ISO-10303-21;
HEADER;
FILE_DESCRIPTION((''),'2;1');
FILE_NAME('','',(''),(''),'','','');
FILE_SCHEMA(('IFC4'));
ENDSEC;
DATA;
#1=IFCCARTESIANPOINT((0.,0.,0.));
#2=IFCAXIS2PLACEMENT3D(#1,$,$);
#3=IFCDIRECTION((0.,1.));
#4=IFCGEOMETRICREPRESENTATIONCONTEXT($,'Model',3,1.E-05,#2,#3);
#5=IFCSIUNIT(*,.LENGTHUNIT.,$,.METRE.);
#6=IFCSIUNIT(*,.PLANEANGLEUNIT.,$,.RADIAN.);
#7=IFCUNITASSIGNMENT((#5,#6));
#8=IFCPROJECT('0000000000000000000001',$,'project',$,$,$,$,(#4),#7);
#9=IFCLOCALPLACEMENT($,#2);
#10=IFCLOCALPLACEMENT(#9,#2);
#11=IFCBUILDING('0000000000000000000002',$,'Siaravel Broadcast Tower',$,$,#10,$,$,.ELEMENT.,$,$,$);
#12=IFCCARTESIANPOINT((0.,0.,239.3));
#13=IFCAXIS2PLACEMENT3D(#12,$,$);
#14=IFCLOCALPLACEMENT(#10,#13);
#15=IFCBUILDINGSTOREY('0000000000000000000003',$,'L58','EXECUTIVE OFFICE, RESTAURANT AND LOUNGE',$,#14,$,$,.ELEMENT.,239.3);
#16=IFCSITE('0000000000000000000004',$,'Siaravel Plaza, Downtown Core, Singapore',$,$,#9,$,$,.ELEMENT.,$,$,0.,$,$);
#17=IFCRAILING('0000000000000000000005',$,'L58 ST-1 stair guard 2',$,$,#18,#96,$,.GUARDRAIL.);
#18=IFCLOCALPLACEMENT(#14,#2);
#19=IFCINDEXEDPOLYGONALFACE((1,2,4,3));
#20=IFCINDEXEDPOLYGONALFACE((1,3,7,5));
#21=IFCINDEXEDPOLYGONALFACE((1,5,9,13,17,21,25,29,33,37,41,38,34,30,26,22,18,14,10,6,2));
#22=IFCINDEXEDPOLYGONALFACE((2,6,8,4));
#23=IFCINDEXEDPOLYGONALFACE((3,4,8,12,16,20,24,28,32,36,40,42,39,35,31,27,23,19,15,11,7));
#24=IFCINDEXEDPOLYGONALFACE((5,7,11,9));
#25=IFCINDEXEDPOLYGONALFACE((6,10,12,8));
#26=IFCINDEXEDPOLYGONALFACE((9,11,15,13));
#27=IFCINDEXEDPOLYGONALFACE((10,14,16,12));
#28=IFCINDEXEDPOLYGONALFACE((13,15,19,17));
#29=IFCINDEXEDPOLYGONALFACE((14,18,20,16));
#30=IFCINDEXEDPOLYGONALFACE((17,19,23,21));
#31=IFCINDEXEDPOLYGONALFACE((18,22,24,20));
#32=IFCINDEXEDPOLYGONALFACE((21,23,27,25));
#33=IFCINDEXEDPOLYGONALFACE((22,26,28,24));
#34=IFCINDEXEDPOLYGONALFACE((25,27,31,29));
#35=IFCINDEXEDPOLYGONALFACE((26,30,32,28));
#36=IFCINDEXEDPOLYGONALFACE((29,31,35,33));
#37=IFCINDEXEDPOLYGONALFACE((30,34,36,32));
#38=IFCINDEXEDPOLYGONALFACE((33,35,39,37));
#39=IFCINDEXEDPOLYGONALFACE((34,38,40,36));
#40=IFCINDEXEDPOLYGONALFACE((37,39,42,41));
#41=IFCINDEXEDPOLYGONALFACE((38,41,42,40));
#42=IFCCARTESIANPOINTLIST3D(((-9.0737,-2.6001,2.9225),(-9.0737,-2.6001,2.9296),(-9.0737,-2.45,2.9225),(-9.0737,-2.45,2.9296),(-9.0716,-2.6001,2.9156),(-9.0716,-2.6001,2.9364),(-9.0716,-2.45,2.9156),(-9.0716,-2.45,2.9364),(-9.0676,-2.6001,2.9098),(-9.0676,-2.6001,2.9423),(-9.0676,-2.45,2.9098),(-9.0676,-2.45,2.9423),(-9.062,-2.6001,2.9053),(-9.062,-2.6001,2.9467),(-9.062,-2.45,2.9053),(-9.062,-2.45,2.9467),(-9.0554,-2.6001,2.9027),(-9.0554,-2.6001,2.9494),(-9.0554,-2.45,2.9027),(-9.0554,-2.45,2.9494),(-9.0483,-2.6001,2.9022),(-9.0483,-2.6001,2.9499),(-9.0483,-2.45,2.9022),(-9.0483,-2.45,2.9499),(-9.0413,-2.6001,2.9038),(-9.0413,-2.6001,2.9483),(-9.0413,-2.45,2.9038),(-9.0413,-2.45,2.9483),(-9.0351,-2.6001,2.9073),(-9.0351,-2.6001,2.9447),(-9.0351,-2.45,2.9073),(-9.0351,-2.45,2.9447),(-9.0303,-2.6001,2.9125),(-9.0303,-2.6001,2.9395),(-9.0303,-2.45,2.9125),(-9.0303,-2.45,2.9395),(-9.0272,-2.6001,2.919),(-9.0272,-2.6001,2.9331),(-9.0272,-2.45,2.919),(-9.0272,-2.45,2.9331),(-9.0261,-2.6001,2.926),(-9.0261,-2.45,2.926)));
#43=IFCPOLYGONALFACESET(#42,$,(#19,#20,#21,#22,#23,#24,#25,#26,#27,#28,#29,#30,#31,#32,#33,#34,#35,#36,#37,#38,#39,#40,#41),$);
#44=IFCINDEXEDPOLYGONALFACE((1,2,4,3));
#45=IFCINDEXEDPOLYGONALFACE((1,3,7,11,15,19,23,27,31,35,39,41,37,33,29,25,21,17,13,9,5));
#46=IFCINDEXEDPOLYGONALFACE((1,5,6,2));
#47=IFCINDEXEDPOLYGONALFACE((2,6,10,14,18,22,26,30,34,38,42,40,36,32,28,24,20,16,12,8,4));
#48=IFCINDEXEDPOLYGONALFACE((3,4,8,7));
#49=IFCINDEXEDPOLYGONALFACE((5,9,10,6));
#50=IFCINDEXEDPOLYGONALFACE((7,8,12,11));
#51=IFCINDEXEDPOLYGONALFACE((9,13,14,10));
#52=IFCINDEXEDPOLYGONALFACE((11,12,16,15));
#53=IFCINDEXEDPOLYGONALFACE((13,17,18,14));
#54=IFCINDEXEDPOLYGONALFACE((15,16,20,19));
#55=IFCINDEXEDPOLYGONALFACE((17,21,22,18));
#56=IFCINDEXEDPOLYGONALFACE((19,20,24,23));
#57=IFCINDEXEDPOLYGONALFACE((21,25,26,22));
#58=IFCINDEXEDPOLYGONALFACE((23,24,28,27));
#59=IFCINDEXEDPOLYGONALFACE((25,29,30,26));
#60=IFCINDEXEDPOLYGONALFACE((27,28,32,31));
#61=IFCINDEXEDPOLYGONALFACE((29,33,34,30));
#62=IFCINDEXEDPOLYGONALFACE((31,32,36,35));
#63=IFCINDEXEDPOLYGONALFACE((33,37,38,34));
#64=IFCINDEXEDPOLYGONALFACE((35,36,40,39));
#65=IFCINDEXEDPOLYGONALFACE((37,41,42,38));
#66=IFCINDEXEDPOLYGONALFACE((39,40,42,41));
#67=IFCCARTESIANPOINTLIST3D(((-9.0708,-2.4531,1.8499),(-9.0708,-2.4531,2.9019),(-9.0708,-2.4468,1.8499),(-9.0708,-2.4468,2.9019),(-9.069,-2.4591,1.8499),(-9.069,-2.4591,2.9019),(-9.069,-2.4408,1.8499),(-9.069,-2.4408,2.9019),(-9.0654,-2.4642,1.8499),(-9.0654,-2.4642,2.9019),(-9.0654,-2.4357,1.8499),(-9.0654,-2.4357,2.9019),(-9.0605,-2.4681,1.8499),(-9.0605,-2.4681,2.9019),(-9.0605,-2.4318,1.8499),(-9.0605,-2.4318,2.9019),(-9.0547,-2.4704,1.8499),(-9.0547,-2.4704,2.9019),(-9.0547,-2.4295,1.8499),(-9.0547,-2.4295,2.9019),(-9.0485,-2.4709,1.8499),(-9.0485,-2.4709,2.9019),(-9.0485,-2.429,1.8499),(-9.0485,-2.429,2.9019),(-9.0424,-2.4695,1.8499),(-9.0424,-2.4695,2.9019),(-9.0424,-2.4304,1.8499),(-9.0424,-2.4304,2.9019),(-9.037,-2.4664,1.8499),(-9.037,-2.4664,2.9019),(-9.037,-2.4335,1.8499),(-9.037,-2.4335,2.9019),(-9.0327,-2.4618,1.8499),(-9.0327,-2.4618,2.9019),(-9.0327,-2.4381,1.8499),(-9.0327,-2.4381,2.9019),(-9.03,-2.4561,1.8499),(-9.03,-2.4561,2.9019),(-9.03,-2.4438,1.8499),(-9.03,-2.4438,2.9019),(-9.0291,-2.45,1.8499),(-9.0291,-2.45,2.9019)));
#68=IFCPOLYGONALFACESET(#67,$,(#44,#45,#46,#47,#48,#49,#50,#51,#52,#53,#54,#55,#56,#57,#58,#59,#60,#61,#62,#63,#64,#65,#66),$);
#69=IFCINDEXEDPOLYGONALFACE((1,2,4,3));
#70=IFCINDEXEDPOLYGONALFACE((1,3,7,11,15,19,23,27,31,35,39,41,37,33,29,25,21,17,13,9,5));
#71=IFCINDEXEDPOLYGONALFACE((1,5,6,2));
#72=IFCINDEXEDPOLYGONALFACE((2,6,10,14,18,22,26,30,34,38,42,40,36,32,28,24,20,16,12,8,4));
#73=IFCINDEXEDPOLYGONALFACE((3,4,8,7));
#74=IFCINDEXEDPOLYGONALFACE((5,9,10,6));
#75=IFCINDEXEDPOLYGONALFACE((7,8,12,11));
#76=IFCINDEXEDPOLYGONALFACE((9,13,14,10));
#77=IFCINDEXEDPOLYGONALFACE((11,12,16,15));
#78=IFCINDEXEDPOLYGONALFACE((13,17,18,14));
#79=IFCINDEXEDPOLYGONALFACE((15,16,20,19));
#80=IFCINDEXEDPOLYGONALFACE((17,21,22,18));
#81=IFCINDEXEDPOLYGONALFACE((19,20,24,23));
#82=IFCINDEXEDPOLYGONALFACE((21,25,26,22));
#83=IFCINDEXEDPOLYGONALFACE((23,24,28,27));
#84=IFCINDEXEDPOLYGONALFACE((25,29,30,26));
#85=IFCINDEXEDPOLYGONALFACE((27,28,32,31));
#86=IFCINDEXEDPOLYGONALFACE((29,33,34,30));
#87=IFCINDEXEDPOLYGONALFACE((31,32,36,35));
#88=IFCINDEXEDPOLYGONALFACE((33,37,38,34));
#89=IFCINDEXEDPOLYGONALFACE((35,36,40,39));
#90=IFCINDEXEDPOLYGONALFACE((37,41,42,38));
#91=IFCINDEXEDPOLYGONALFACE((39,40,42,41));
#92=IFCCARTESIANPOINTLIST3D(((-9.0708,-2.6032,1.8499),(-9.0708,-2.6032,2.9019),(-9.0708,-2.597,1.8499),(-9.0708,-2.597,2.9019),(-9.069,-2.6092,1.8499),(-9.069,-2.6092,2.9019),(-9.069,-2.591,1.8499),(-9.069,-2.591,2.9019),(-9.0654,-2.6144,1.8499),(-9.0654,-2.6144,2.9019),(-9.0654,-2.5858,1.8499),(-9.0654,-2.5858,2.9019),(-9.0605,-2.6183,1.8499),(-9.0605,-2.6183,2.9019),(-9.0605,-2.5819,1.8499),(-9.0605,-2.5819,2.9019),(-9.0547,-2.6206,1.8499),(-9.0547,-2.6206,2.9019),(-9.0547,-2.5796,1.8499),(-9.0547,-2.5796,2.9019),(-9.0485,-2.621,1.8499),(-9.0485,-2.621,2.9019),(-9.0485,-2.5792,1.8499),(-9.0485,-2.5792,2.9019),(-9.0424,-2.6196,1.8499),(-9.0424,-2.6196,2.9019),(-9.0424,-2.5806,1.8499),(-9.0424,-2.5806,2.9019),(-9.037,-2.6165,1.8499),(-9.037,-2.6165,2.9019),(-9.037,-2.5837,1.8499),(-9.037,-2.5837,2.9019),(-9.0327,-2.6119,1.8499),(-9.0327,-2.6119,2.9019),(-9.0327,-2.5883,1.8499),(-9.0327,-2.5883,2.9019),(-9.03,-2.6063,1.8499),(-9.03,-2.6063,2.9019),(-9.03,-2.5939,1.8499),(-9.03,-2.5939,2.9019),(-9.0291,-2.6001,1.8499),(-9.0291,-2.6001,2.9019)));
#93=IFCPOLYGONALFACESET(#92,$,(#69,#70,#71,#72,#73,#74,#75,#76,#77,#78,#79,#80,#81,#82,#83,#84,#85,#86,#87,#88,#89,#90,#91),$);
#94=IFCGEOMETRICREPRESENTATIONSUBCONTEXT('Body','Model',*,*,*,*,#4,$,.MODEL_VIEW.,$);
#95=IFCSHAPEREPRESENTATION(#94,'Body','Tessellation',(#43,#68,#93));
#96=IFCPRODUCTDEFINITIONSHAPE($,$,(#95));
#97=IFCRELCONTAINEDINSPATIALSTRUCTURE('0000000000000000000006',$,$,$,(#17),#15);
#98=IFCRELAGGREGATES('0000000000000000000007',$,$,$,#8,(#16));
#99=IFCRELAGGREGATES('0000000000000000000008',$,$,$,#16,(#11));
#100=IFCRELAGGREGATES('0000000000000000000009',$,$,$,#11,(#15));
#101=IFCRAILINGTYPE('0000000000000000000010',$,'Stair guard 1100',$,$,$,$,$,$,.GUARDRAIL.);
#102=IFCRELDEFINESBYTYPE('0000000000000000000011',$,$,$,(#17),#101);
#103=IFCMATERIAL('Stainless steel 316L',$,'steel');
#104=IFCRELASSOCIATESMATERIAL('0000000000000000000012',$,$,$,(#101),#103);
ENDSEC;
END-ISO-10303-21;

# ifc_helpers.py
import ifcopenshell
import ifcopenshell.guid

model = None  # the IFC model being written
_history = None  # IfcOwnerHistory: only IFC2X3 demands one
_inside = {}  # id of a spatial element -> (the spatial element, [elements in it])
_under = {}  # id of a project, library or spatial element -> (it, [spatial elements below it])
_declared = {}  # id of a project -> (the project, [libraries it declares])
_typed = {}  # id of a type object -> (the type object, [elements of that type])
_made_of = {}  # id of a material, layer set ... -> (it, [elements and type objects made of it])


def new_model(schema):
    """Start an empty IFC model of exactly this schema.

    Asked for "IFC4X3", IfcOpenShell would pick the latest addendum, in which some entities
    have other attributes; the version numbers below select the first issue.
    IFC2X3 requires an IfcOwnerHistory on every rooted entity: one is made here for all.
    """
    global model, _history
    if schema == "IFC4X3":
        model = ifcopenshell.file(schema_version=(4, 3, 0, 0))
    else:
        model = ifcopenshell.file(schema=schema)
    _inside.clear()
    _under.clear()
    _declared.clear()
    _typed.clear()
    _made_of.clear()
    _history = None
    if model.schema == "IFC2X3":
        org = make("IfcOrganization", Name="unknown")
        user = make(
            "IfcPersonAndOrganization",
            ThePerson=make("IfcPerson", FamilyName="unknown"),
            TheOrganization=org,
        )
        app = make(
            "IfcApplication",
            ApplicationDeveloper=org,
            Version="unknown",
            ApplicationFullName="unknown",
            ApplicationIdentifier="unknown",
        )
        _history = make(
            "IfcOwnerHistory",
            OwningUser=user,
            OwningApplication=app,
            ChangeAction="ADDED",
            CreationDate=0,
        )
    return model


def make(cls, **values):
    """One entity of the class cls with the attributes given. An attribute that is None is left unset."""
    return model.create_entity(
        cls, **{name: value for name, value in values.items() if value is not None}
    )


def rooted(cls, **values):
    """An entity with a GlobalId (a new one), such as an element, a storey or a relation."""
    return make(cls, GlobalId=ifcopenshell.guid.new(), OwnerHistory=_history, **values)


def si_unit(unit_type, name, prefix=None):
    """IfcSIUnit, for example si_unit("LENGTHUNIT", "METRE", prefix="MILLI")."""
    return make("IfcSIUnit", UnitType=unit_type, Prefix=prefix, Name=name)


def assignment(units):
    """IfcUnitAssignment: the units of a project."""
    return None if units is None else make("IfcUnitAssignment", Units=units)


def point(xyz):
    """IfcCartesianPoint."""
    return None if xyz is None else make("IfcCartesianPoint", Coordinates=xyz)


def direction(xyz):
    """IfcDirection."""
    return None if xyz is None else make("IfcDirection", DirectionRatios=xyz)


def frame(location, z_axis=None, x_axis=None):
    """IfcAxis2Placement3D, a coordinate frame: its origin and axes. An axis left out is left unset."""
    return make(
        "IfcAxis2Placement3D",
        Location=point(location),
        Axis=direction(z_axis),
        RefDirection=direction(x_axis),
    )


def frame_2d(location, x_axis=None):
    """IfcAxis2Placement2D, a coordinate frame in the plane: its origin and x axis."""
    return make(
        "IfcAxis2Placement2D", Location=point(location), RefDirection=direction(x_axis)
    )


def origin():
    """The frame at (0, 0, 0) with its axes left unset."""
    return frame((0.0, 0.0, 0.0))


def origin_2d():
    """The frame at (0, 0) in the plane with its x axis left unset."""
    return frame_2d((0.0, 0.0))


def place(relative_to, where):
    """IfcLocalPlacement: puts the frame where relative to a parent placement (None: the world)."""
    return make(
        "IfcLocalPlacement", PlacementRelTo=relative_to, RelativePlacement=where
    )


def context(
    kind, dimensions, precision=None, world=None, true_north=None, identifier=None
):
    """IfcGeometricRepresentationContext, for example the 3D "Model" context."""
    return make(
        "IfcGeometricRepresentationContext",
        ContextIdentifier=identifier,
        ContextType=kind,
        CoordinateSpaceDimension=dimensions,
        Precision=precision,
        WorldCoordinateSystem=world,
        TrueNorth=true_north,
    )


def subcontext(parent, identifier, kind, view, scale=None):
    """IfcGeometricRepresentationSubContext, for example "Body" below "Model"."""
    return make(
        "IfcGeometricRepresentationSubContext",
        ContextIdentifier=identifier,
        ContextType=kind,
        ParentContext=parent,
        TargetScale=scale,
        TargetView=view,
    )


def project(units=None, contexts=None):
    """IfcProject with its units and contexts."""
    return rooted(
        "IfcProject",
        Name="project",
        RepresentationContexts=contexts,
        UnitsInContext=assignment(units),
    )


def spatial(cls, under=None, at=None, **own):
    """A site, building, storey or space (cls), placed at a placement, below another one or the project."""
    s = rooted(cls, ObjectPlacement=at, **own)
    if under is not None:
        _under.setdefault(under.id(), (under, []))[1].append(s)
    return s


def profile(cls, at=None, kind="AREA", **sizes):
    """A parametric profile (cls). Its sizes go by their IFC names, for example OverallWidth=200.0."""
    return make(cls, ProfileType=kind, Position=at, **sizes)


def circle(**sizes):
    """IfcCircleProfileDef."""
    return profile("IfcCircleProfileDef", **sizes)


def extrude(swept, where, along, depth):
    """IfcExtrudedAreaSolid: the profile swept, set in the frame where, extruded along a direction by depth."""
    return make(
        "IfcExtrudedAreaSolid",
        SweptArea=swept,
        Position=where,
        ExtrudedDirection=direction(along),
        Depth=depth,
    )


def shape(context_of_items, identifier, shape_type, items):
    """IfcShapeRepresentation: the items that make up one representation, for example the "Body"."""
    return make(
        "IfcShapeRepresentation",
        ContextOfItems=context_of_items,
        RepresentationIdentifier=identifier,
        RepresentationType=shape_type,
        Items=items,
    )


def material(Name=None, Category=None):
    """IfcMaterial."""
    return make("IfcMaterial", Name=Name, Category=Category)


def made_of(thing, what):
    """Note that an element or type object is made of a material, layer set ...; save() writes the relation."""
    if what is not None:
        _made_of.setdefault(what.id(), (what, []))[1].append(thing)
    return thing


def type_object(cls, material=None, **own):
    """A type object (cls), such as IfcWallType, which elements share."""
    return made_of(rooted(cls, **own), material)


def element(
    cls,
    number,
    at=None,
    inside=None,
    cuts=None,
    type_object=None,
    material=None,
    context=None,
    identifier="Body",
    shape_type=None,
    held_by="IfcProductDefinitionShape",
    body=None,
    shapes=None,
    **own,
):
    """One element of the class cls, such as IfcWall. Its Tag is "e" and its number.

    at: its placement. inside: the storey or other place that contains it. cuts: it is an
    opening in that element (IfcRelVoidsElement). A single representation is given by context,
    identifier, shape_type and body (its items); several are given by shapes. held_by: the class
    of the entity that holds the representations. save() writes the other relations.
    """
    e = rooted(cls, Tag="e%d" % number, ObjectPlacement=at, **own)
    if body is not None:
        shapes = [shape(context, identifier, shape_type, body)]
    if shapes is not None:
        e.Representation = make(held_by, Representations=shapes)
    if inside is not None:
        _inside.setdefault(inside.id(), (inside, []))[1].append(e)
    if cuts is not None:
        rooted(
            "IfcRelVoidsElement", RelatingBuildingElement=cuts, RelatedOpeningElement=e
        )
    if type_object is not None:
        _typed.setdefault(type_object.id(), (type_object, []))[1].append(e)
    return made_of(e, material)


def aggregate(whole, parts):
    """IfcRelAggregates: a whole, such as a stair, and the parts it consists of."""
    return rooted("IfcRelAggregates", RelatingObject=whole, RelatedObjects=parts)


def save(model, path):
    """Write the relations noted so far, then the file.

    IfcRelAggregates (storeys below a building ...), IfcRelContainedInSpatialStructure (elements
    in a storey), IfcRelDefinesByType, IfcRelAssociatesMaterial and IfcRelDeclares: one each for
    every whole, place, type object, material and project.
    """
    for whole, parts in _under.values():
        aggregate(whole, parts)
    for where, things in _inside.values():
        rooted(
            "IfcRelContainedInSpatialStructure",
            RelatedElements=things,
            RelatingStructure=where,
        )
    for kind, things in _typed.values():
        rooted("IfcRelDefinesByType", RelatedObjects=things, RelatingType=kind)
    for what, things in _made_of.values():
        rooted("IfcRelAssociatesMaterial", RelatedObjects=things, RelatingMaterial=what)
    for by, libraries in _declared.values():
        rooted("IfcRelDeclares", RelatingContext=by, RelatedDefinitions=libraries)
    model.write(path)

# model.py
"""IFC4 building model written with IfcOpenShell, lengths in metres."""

from ifc_helpers import new_model, si_unit, direction, frame, origin, origin_2d, place, context, subcontext, project, spatial, circle, extrude, material, type_object, element, save


model = new_model("IFC4")

# Units and contexts
model_context = context("Model", 3, precision=1e-05, world=origin(), true_north=direction((0.0, 1.0)))
body_context = subcontext(model_context, "Body", "Model", "MODEL_VIEW")
ifc_project = project(units=[si_unit("LENGTHUNIT", "METRE"), si_unit("PLANEANGLEUNIT", "RADIAN")], contexts=[model_context])

# Site, building, storey
site_placement = place(None, origin())
site = spatial("IfcSite", under=ifc_project, at=site_placement, Name="Siaravel Plaza, Downtown Core, Singapore", CompositionType="ELEMENT", RefElevation=0.0)
building_placement = place(site_placement, origin())
building = spatial("IfcBuilding", under=site, at=building_placement, Name="Siaravel Broadcast Tower", CompositionType="ELEMENT")
storey_placement = place(building_placement, frame((0.0, 0.0, 239.3)))
storey = spatial("IfcBuildingStorey", under=building, at=storey_placement, Name="L58", Description="EXECUTIVE OFFICE, RESTAURANT AND LOUNGE", CompositionType="ELEMENT", Elevation=239.3)

# Shared definitions
ifc_material_1 = material(Name="Stainless steel 316L", Category="steel")

# Railing
railing_type_1 = type_object("IfcRailingType", Name="Stair guard 1100", PredefinedType="GUARDRAIL", material=ifc_material_1)
railing_1_placement = place(storey_placement, frame((-9.05, -2.45, 1.8499)))
element("IfcRailing", 1, at=railing_1_placement, inside=storey, type_object=railing_type_1, Name="L58 ST-1 stair guard 2", PredefinedType="GUARDRAIL", context=body_context, shape_type="SweptSolid", body=[
    extrude(circle(Radius=0.0239, at=origin_2d()), frame((0.0, 0.0, 1.0762), z_axis=(0.0, -1.0, 0.0), x_axis=(1.0, 0.0, 0.0)), (0.0, 0.0, 1.0), 0.1501),
    extrude(circle(Radius=0.021, at=origin_2d()), origin(), (0.0, 0.0, 1.0), 1.052),
    extrude(circle(Radius=0.021, at=origin_2d()), frame((0.0, -0.1501, 0.0)), (0.0, 0.0, 1.0), 1.052),
])

save(model, "model.ifc")
